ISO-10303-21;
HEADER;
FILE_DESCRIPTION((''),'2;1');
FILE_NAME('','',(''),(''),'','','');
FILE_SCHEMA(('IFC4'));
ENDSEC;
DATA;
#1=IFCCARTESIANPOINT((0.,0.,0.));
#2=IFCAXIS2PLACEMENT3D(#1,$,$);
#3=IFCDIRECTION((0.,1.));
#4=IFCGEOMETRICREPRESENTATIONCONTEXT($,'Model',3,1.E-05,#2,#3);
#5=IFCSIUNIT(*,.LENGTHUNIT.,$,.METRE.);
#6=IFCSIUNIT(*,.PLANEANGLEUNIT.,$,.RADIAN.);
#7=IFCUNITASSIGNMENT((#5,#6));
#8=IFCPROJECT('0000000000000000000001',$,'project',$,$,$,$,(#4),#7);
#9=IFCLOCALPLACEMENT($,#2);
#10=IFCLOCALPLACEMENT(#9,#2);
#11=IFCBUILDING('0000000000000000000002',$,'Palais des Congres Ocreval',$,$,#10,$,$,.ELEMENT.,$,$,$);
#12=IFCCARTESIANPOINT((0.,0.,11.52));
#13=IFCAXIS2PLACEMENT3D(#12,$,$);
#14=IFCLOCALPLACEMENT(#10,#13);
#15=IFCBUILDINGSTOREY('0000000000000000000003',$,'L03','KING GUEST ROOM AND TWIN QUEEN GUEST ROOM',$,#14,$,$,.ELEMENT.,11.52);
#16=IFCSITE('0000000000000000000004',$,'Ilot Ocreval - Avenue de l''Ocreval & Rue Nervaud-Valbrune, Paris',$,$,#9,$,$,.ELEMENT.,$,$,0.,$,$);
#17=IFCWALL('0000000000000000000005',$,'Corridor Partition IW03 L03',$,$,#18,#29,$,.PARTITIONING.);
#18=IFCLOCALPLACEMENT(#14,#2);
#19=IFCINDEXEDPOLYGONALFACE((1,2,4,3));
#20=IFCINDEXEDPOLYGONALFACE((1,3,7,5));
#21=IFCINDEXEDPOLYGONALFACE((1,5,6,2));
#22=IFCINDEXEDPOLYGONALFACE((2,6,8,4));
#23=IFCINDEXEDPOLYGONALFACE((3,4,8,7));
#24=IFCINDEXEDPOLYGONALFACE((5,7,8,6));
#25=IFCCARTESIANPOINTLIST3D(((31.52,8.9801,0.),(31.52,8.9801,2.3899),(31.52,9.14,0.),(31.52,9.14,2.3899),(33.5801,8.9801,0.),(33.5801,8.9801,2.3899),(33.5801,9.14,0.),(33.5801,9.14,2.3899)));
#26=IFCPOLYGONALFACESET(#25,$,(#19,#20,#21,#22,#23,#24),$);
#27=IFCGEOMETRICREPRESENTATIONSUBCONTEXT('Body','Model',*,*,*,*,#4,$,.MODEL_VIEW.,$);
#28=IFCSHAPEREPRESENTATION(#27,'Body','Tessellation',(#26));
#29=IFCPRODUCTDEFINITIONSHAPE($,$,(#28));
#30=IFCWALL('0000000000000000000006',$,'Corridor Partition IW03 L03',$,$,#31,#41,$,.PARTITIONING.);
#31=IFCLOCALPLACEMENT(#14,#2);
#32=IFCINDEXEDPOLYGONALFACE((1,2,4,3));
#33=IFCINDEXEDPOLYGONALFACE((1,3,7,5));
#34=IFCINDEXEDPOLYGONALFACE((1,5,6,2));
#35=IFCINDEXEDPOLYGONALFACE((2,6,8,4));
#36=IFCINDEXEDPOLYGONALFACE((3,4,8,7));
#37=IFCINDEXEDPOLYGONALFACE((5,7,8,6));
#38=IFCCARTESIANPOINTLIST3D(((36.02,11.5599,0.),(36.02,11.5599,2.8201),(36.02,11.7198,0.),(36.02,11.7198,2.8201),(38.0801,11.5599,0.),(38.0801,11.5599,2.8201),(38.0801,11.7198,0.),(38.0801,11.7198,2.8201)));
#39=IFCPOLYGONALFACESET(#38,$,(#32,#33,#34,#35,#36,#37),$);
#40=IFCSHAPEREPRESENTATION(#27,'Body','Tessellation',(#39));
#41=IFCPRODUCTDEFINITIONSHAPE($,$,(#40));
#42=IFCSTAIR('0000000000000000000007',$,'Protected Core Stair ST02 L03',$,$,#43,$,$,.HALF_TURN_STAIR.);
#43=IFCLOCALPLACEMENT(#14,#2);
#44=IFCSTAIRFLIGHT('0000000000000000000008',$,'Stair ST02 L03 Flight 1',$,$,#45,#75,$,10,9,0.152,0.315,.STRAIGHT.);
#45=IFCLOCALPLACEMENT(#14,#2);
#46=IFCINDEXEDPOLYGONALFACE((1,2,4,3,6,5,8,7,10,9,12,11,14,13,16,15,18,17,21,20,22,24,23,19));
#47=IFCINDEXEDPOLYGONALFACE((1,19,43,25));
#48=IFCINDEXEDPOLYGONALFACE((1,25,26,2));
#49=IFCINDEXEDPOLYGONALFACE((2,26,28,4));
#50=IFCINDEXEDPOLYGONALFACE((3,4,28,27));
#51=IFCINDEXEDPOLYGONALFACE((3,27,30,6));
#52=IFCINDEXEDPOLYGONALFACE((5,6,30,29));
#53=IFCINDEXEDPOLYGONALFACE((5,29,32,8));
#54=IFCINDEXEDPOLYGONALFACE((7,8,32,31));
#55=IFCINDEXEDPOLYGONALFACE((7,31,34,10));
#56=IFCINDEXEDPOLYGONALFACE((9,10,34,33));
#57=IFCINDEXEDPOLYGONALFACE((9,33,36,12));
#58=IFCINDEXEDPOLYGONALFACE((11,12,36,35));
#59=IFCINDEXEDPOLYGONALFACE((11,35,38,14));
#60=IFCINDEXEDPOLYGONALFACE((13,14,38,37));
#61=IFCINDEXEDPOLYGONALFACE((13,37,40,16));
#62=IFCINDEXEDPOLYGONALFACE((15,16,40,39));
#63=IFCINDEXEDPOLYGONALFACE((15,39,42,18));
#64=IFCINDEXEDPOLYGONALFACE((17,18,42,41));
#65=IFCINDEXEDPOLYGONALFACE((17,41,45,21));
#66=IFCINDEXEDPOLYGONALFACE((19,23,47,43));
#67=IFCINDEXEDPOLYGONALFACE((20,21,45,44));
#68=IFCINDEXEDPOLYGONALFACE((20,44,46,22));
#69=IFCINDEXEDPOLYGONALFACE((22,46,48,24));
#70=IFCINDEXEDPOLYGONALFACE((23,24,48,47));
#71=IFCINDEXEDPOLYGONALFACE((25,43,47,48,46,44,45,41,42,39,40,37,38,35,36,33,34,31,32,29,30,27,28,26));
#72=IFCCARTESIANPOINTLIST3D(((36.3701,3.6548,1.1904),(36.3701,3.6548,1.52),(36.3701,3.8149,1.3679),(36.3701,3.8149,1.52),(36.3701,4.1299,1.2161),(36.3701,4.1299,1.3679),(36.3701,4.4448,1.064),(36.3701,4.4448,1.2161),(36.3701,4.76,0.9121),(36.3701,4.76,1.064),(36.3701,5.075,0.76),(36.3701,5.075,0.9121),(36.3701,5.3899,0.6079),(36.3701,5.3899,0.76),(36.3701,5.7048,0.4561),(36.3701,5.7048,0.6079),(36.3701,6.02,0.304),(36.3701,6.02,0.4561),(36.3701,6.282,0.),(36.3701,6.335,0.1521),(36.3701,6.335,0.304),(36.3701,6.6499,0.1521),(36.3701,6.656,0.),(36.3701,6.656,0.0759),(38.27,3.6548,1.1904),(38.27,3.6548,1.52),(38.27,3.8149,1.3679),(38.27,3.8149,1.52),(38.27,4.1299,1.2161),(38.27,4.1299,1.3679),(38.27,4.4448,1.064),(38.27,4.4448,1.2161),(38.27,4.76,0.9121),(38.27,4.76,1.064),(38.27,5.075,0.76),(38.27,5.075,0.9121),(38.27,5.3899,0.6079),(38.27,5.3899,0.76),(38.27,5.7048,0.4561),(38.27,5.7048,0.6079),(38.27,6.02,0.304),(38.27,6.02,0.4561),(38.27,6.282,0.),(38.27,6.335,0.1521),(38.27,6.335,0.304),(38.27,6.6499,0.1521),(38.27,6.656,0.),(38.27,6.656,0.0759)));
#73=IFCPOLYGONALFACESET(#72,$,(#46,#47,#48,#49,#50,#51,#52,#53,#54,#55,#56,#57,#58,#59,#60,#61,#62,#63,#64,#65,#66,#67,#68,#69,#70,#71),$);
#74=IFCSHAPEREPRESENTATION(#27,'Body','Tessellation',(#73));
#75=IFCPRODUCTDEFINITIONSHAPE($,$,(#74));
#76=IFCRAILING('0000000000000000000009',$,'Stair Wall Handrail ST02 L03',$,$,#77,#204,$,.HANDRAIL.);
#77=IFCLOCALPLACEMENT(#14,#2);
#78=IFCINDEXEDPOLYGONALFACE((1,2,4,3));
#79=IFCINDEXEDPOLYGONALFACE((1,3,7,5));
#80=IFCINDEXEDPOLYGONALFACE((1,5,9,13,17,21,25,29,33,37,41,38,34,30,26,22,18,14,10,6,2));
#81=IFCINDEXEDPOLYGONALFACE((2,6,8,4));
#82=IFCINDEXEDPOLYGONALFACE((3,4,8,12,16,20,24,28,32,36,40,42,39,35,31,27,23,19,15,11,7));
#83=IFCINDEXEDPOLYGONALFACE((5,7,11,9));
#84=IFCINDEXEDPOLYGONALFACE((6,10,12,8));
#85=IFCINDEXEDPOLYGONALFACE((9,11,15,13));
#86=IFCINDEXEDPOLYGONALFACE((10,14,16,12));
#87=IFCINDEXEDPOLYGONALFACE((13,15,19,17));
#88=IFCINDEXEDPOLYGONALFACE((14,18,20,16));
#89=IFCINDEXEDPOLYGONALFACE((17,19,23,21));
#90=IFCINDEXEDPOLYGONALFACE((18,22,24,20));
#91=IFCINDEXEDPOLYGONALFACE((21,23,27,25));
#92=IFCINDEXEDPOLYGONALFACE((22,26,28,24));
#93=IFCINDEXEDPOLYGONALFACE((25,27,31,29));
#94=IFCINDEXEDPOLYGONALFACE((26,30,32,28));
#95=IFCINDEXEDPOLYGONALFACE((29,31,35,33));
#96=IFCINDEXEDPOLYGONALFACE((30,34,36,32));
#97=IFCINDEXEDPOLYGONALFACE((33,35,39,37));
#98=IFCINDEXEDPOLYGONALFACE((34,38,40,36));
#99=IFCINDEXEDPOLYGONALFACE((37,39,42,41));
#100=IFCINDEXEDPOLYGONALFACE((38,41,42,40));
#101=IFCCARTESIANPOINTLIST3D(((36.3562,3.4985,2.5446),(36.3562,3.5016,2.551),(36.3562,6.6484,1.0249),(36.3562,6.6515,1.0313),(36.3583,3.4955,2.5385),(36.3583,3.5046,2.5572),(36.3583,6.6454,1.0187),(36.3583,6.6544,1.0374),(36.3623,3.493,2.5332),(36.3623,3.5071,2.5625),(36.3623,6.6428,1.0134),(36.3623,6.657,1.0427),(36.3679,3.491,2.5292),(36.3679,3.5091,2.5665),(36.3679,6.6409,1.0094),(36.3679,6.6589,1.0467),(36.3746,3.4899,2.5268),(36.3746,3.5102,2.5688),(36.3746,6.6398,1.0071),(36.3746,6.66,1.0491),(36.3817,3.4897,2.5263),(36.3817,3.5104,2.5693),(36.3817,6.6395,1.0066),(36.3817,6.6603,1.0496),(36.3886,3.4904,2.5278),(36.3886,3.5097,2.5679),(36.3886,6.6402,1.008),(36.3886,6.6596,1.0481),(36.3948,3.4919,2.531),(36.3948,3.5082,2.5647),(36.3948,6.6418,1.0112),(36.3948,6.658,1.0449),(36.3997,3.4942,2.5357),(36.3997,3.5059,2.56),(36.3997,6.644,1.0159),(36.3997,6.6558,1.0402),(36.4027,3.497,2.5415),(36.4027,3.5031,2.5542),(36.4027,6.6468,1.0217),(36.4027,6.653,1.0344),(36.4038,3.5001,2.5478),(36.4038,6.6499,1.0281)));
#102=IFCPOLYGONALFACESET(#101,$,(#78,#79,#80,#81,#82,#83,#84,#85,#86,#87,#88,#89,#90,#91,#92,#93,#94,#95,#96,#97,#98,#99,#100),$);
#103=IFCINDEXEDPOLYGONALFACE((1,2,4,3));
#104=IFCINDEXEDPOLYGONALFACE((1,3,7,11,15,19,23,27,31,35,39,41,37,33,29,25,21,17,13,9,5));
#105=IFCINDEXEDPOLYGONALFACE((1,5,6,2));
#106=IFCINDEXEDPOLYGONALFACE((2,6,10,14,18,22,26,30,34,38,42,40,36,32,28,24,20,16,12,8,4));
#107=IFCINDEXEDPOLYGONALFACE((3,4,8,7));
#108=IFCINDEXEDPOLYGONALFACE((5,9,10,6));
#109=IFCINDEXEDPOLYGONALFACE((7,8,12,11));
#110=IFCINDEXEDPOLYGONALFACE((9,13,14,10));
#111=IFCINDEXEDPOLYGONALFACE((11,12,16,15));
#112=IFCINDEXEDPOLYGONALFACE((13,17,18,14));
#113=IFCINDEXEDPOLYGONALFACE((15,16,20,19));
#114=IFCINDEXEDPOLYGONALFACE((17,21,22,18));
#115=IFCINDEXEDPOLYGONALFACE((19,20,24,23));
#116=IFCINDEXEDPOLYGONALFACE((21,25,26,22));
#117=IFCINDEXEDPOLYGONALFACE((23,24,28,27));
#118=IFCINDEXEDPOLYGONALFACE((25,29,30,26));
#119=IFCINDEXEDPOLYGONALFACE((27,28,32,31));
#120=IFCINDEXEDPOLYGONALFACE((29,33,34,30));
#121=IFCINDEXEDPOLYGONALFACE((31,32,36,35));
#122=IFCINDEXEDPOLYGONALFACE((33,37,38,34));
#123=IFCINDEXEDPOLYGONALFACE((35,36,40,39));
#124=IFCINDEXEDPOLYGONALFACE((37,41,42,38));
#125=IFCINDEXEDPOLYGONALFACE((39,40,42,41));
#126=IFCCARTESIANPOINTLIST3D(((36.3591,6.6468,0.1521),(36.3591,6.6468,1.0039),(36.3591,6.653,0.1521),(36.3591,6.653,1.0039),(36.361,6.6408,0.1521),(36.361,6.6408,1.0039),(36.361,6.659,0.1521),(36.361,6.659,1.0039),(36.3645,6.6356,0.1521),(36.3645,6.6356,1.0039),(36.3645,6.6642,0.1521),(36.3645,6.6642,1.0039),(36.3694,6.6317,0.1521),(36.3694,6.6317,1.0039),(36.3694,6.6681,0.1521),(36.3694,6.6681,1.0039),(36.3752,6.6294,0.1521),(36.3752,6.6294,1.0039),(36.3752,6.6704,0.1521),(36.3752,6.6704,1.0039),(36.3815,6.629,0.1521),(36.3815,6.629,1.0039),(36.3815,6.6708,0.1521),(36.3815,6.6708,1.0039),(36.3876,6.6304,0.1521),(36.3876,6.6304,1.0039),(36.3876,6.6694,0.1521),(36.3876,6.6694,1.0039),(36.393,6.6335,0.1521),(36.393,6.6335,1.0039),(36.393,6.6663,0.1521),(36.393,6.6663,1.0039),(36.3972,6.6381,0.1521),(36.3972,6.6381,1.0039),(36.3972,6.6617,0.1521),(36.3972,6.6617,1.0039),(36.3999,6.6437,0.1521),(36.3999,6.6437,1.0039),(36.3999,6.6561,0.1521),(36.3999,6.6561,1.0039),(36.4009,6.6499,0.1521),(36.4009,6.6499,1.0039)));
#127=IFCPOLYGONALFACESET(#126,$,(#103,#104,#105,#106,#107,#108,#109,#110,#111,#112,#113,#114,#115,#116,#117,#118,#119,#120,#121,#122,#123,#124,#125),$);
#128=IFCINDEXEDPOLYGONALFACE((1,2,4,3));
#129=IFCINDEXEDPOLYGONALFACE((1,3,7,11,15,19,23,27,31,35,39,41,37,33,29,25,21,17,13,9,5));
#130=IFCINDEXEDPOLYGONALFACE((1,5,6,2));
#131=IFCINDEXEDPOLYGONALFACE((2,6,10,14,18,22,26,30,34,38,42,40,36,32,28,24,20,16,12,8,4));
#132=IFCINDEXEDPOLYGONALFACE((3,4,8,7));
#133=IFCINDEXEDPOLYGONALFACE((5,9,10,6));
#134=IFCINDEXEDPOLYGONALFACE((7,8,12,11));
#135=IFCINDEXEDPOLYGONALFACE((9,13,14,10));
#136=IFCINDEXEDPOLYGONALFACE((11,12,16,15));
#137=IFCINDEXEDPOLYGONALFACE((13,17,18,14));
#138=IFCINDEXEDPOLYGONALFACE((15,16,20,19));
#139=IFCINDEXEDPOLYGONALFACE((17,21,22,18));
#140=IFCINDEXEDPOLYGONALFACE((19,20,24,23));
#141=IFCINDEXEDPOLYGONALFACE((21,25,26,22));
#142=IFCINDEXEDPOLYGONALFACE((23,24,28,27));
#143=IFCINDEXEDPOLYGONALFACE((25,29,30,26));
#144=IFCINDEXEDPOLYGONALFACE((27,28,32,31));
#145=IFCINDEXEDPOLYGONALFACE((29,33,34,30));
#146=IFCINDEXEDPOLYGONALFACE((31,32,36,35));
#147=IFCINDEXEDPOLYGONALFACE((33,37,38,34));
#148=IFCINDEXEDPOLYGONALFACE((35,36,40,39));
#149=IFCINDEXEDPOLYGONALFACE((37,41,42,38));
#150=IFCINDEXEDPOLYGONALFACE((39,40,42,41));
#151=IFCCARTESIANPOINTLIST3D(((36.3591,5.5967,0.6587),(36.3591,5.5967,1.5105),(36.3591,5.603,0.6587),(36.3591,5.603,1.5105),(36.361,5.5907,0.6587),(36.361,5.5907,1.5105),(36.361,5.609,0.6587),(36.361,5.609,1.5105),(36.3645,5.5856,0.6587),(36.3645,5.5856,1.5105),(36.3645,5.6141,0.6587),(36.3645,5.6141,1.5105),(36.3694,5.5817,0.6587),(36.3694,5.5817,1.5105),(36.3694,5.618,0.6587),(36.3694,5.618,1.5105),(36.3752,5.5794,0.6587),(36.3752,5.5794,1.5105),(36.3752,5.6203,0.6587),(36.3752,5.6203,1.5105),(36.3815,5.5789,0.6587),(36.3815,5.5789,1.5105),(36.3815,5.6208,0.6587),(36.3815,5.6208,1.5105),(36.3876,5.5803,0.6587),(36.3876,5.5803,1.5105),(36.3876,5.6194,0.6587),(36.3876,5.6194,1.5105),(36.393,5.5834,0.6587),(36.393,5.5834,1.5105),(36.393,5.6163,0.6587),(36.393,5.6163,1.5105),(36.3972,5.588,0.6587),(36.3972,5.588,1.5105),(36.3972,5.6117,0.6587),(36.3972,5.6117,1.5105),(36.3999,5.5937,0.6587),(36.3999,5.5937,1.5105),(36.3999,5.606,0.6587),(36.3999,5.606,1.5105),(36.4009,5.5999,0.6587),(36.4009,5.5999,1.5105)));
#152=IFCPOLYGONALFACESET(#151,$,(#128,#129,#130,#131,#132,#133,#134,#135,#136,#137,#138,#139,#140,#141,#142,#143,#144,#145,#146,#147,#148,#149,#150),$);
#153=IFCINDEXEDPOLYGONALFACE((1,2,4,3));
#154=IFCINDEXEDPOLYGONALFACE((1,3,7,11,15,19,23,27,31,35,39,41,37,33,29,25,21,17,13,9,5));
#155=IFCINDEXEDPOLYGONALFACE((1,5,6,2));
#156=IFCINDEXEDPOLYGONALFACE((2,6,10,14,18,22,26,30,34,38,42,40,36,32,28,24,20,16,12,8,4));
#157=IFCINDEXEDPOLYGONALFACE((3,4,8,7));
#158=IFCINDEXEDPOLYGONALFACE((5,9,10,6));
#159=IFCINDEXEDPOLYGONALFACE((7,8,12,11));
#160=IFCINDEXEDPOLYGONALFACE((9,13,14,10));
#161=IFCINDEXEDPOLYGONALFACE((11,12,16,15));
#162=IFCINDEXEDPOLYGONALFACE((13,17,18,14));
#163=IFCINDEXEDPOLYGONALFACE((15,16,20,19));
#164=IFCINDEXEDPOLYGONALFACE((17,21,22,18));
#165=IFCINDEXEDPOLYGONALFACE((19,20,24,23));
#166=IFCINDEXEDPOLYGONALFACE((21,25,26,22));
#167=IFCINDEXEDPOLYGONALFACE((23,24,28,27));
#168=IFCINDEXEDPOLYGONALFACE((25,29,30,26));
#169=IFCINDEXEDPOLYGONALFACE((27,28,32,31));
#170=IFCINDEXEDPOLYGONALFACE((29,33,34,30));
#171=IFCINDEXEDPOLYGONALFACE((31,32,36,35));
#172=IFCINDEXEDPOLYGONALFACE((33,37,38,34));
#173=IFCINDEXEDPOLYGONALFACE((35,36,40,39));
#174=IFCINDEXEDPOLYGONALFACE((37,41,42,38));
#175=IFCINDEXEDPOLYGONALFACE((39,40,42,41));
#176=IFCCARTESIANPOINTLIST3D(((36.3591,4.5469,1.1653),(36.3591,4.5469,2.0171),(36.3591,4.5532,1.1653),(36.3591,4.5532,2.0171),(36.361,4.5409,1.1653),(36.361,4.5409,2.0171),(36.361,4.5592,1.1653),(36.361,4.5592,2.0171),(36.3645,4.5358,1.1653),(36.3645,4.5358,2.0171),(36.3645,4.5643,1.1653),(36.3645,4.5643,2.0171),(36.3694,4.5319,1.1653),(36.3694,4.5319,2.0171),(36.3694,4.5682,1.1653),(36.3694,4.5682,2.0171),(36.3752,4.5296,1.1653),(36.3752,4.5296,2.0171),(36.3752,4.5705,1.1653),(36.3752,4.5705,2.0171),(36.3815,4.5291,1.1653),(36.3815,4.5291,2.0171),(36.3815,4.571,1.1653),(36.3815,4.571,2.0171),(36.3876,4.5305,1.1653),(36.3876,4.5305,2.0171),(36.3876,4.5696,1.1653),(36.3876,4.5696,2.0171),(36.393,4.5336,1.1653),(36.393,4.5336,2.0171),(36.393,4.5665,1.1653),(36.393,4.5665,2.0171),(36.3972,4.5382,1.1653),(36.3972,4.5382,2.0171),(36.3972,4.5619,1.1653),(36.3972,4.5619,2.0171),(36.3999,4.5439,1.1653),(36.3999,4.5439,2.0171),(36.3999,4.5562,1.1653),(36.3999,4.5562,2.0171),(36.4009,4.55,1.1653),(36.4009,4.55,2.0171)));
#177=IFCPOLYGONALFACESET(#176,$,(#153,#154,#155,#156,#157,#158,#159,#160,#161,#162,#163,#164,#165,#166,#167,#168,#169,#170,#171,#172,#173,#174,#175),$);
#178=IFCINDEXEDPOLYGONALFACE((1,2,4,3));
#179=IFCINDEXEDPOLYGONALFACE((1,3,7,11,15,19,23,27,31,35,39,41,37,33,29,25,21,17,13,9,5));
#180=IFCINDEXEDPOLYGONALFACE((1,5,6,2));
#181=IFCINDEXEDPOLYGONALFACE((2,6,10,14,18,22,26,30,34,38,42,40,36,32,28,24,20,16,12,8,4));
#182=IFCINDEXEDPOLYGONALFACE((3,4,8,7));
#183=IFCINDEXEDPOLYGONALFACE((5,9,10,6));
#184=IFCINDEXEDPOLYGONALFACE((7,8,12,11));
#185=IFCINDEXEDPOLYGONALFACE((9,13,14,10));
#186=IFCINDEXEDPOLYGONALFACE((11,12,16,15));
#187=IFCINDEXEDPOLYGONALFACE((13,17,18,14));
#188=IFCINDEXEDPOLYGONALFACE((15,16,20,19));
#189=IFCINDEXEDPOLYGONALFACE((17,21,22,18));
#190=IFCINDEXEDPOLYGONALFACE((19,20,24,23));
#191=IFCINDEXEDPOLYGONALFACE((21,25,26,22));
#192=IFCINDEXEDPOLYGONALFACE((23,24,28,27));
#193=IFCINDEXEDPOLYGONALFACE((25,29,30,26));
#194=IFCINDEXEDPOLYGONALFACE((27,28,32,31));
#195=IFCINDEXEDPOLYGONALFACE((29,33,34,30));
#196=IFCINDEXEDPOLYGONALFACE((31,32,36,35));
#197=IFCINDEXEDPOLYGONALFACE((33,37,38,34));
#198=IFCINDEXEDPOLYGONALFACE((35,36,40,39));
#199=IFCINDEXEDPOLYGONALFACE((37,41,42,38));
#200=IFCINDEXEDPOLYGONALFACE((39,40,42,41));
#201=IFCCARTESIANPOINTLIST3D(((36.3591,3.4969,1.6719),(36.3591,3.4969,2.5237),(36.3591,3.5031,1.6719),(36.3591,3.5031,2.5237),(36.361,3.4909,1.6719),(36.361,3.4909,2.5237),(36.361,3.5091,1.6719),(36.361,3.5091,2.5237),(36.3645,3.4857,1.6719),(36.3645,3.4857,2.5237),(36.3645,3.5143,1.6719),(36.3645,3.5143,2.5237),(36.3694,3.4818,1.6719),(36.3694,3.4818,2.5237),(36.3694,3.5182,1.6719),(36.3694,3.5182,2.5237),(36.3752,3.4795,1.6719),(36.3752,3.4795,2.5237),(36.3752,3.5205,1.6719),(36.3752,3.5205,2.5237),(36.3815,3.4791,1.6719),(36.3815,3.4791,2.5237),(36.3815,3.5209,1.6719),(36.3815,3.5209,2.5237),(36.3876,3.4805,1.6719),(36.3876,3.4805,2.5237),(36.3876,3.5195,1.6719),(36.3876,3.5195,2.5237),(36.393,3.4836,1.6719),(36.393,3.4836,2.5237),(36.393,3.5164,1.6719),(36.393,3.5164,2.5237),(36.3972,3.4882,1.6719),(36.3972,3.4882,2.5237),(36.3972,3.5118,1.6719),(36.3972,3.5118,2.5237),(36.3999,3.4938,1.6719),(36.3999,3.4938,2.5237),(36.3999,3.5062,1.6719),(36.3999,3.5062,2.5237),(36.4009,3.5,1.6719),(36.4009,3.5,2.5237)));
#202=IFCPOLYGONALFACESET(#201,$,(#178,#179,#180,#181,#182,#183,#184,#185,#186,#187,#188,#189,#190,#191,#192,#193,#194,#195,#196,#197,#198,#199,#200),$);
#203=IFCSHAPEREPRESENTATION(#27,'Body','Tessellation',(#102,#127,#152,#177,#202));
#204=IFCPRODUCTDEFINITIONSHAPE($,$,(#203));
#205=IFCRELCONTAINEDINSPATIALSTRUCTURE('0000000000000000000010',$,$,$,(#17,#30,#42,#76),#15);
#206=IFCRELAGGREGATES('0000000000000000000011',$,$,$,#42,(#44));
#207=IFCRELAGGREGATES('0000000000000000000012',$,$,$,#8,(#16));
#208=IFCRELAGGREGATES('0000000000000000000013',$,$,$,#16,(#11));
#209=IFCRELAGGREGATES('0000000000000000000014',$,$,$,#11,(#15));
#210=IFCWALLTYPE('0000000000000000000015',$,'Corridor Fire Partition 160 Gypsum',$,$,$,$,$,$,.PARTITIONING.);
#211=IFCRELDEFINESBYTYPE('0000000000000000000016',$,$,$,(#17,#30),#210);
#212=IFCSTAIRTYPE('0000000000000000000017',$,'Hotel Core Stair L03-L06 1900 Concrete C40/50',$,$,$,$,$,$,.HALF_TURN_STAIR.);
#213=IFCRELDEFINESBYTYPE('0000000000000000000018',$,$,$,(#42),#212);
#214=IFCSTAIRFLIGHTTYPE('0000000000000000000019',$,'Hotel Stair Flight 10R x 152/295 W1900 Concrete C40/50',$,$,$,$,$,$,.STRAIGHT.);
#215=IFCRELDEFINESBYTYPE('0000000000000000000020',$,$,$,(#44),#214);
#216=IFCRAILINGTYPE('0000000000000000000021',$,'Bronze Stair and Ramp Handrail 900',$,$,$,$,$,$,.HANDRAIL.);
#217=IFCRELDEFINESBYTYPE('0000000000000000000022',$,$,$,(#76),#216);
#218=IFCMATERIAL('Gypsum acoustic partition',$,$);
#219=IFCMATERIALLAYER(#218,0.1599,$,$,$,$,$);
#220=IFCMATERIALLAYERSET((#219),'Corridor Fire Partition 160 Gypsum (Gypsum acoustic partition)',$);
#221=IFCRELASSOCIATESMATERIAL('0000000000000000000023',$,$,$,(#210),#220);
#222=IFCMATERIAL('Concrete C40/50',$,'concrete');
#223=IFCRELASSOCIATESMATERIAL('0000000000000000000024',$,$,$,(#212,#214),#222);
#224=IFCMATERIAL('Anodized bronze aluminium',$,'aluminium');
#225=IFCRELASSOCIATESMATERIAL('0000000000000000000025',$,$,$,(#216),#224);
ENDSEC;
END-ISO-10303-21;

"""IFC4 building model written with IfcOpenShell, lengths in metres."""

from ifc_helpers import new_model, si_unit, direction, frame, frame_2d, origin, origin_2d, place, context, subcontext, project, spatial, polyline, rectangle, circle, outline, extrude, material, layer, layer_set, type_object, element, aggregate, save


model = new_model("IFC4")

# Units and contexts
model_context = context("Model", 3, precision=1e-05, world=origin(), true_north=direction((0.0, 1.0)))
body_context = subcontext(model_context, "Body", "Model", "MODEL_VIEW")
ifc_project = project(units=[si_unit("LENGTHUNIT", "METRE"), si_unit("PLANEANGLEUNIT", "RADIAN")], contexts=[model_context])

# Site, building, storey
site_placement = place(None, origin())
site = spatial("IfcSite", under=ifc_project, at=site_placement, Name="Ilot Ocreval - Avenue de l'Ocreval & Rue Nervaud-Valbrune, Paris", CompositionType="ELEMENT", RefElevation=0.0)
building_placement = place(site_placement, origin())
building = spatial("IfcBuilding", under=site, at=building_placement, Name="Palais des Congres Ocreval", CompositionType="ELEMENT")
storey_placement = place(building_placement, frame((0.0, 0.0, 11.52)))
storey = spatial("IfcBuildingStorey", under=building, at=storey_placement, Name="L03", Description="KING GUEST ROOM AND TWIN QUEEN GUEST ROOM", CompositionType="ELEMENT", Elevation=11.52)

# Shared definitions
ifc_material_1 = material(Name="Concrete C40/50", Category="concrete")

# Walls
ifc_material_2 = material(Name="Gypsum acoustic partition")
ifc_layer_1 = layer(ifc_material_2, 0.1599)
ifc_layer_set_1 = layer_set([ifc_layer_1], Name="Corridor Fire Partition 160 Gypsum (Gypsum acoustic partition)")
wall_type_1 = type_object("IfcWallType", Name="Corridor Fire Partition 160 Gypsum", PredefinedType="PARTITIONING", material=ifc_layer_set_1)
wall_1_placement = place(storey_placement, frame((31.52, 9.0601, 0.0), z_axis=(0.0, 0.0, 1.0), x_axis=(1.0, 0.0, 0.0)))
element("IfcWall", 1, at=wall_1_placement, inside=storey, type_object=wall_type_1, Name="Corridor Partition IW03 L03", PredefinedType="PARTITIONING", context=body_context, shape_type="SweptSolid", body=[
    extrude(rectangle(XDim=2.0601, YDim=0.1599, at=frame_2d((1.03, 0.0))), origin(), (0.0, 0.0, 1.0), 2.3899),
])
wall_2_placement = place(storey_placement, frame((36.02, 11.6399, 0.0), z_axis=(0.0, 0.0, 1.0), x_axis=(1.0, 0.0, 0.0)))
element("IfcWall", 2, at=wall_2_placement, inside=storey, type_object=wall_type_1, Name="Corridor Partition IW03 L03", PredefinedType="PARTITIONING", context=body_context, shape_type="SweptSolid", body=[
    extrude(rectangle(XDim=2.0601, YDim=0.1599, at=frame_2d((1.03, 0.0))), origin(), (0.0, 0.0, 1.0), 2.8201),
])

# Stair, stair flight
stair_type = type_object("IfcStairType", Name="Hotel Core Stair L03-L06 1900 Concrete C40/50", PredefinedType="HALF_TURN_STAIR", material=ifc_material_1)
stair_placement = place(storey_placement, origin())
stair = element("IfcStair", 3, at=stair_placement, inside=storey, type_object=stair_type, Name="Protected Core Stair ST02 L03", PredefinedType="HALF_TURN_STAIR")
stair_flight_type = type_object("IfcStairFlightType", Name="Hotel Stair Flight 10R x 152/295 W1900 Concrete C40/50", PredefinedType="STRAIGHT", material=ifc_material_1)
stair_flight_placement = place(storey_placement, frame((37.3201, 6.6499, 0.0), z_axis=(0.0, 0.0, 1.0), x_axis=(0.0, -1.0, 0.0)))
stair_flight = element("IfcStairFlight", 4, at=stair_flight_placement, type_object=stair_flight_type, Name="Stair ST02 L03 Flight 1", NumberOfRisers=10, NumberOfTreads=9, PredefinedType="STRAIGHT", RiserHeight=0.152, TreadLength=0.315, context=body_context, shape_type="SweptSolid", body=[
    extrude(outline(polyline([(-0.0061, 0.0), (-0.0061, 0.0759), (0.0, 0.1521), (0.3149, 0.1521), (0.3149, 0.304), (0.6299, 0.304), (0.6299, 0.4561), (0.9451, 0.4561), (0.9451, 0.6079), (1.26, 0.6079), (1.26, 0.76), (1.575, 0.76), (1.575, 0.9121), (1.8899, 0.9121), (1.8899, 1.064), (2.2051, 1.064), (2.2051, 1.2161), (2.52, 1.2161), (2.52, 1.3679), (2.835, 1.3679), (2.835, 1.52), (2.9951, 1.52), (2.9951, 1.1904), (0.3679, 0.0), (-0.0061, 0.0)])), frame((0.0, 0.95, 0.0), z_axis=(0.0, -1.0, 0.0), x_axis=(1.0, 0.0, 0.0)), (0.0, 0.0, 1.0), 1.8999),
])
aggregate(stair, [stair_flight])

# Railing
ifc_material_3 = material(Name="Anodized bronze aluminium", Category="aluminium")
railing_type_1 = type_object("IfcRailingType", Name="Bronze Stair and Ramp Handrail 900", PredefinedType="HANDRAIL", material=ifc_material_3)
railing_1_placement = place(storey_placement, frame((36.3799, 6.6499, 0.1521)))
element("IfcRailing", 5, at=railing_1_placement, inside=storey, type_object=railing_type_1, Name="Stair Wall Handrail ST02 L03", PredefinedType="HANDRAIL", context=body_context, shape_type="SweptSolid", body=[
    extrude(circle(Radius=0.0239, at=origin_2d()), frame((0.0, 0.0, 0.876), z_axis=(0.0, -0.900649, 0.434548), x_axis=(1.0, 0.0, 0.0)), (0.0, 0.0, 1.0), 3.4973),
    extrude(circle(Radius=0.021, at=origin_2d()), origin(), (0.0, 0.0, 1.0), 0.8518),
    extrude(circle(Radius=0.021, at=origin_2d()), frame((0.0, -1.05, 0.5066)), (0.0, 0.0, 1.0), 0.8518),
    extrude(circle(Radius=0.021, at=origin_2d()), frame((0.0, -2.0999, 1.0132)), (0.0, 0.0, 1.0), 0.8518),
    extrude(circle(Radius=0.021, at=origin_2d()), frame((0.0, -3.1499, 1.5198)), (0.0, 0.0, 1.0), 0.8518),
])

save(model, "model.ifc")
